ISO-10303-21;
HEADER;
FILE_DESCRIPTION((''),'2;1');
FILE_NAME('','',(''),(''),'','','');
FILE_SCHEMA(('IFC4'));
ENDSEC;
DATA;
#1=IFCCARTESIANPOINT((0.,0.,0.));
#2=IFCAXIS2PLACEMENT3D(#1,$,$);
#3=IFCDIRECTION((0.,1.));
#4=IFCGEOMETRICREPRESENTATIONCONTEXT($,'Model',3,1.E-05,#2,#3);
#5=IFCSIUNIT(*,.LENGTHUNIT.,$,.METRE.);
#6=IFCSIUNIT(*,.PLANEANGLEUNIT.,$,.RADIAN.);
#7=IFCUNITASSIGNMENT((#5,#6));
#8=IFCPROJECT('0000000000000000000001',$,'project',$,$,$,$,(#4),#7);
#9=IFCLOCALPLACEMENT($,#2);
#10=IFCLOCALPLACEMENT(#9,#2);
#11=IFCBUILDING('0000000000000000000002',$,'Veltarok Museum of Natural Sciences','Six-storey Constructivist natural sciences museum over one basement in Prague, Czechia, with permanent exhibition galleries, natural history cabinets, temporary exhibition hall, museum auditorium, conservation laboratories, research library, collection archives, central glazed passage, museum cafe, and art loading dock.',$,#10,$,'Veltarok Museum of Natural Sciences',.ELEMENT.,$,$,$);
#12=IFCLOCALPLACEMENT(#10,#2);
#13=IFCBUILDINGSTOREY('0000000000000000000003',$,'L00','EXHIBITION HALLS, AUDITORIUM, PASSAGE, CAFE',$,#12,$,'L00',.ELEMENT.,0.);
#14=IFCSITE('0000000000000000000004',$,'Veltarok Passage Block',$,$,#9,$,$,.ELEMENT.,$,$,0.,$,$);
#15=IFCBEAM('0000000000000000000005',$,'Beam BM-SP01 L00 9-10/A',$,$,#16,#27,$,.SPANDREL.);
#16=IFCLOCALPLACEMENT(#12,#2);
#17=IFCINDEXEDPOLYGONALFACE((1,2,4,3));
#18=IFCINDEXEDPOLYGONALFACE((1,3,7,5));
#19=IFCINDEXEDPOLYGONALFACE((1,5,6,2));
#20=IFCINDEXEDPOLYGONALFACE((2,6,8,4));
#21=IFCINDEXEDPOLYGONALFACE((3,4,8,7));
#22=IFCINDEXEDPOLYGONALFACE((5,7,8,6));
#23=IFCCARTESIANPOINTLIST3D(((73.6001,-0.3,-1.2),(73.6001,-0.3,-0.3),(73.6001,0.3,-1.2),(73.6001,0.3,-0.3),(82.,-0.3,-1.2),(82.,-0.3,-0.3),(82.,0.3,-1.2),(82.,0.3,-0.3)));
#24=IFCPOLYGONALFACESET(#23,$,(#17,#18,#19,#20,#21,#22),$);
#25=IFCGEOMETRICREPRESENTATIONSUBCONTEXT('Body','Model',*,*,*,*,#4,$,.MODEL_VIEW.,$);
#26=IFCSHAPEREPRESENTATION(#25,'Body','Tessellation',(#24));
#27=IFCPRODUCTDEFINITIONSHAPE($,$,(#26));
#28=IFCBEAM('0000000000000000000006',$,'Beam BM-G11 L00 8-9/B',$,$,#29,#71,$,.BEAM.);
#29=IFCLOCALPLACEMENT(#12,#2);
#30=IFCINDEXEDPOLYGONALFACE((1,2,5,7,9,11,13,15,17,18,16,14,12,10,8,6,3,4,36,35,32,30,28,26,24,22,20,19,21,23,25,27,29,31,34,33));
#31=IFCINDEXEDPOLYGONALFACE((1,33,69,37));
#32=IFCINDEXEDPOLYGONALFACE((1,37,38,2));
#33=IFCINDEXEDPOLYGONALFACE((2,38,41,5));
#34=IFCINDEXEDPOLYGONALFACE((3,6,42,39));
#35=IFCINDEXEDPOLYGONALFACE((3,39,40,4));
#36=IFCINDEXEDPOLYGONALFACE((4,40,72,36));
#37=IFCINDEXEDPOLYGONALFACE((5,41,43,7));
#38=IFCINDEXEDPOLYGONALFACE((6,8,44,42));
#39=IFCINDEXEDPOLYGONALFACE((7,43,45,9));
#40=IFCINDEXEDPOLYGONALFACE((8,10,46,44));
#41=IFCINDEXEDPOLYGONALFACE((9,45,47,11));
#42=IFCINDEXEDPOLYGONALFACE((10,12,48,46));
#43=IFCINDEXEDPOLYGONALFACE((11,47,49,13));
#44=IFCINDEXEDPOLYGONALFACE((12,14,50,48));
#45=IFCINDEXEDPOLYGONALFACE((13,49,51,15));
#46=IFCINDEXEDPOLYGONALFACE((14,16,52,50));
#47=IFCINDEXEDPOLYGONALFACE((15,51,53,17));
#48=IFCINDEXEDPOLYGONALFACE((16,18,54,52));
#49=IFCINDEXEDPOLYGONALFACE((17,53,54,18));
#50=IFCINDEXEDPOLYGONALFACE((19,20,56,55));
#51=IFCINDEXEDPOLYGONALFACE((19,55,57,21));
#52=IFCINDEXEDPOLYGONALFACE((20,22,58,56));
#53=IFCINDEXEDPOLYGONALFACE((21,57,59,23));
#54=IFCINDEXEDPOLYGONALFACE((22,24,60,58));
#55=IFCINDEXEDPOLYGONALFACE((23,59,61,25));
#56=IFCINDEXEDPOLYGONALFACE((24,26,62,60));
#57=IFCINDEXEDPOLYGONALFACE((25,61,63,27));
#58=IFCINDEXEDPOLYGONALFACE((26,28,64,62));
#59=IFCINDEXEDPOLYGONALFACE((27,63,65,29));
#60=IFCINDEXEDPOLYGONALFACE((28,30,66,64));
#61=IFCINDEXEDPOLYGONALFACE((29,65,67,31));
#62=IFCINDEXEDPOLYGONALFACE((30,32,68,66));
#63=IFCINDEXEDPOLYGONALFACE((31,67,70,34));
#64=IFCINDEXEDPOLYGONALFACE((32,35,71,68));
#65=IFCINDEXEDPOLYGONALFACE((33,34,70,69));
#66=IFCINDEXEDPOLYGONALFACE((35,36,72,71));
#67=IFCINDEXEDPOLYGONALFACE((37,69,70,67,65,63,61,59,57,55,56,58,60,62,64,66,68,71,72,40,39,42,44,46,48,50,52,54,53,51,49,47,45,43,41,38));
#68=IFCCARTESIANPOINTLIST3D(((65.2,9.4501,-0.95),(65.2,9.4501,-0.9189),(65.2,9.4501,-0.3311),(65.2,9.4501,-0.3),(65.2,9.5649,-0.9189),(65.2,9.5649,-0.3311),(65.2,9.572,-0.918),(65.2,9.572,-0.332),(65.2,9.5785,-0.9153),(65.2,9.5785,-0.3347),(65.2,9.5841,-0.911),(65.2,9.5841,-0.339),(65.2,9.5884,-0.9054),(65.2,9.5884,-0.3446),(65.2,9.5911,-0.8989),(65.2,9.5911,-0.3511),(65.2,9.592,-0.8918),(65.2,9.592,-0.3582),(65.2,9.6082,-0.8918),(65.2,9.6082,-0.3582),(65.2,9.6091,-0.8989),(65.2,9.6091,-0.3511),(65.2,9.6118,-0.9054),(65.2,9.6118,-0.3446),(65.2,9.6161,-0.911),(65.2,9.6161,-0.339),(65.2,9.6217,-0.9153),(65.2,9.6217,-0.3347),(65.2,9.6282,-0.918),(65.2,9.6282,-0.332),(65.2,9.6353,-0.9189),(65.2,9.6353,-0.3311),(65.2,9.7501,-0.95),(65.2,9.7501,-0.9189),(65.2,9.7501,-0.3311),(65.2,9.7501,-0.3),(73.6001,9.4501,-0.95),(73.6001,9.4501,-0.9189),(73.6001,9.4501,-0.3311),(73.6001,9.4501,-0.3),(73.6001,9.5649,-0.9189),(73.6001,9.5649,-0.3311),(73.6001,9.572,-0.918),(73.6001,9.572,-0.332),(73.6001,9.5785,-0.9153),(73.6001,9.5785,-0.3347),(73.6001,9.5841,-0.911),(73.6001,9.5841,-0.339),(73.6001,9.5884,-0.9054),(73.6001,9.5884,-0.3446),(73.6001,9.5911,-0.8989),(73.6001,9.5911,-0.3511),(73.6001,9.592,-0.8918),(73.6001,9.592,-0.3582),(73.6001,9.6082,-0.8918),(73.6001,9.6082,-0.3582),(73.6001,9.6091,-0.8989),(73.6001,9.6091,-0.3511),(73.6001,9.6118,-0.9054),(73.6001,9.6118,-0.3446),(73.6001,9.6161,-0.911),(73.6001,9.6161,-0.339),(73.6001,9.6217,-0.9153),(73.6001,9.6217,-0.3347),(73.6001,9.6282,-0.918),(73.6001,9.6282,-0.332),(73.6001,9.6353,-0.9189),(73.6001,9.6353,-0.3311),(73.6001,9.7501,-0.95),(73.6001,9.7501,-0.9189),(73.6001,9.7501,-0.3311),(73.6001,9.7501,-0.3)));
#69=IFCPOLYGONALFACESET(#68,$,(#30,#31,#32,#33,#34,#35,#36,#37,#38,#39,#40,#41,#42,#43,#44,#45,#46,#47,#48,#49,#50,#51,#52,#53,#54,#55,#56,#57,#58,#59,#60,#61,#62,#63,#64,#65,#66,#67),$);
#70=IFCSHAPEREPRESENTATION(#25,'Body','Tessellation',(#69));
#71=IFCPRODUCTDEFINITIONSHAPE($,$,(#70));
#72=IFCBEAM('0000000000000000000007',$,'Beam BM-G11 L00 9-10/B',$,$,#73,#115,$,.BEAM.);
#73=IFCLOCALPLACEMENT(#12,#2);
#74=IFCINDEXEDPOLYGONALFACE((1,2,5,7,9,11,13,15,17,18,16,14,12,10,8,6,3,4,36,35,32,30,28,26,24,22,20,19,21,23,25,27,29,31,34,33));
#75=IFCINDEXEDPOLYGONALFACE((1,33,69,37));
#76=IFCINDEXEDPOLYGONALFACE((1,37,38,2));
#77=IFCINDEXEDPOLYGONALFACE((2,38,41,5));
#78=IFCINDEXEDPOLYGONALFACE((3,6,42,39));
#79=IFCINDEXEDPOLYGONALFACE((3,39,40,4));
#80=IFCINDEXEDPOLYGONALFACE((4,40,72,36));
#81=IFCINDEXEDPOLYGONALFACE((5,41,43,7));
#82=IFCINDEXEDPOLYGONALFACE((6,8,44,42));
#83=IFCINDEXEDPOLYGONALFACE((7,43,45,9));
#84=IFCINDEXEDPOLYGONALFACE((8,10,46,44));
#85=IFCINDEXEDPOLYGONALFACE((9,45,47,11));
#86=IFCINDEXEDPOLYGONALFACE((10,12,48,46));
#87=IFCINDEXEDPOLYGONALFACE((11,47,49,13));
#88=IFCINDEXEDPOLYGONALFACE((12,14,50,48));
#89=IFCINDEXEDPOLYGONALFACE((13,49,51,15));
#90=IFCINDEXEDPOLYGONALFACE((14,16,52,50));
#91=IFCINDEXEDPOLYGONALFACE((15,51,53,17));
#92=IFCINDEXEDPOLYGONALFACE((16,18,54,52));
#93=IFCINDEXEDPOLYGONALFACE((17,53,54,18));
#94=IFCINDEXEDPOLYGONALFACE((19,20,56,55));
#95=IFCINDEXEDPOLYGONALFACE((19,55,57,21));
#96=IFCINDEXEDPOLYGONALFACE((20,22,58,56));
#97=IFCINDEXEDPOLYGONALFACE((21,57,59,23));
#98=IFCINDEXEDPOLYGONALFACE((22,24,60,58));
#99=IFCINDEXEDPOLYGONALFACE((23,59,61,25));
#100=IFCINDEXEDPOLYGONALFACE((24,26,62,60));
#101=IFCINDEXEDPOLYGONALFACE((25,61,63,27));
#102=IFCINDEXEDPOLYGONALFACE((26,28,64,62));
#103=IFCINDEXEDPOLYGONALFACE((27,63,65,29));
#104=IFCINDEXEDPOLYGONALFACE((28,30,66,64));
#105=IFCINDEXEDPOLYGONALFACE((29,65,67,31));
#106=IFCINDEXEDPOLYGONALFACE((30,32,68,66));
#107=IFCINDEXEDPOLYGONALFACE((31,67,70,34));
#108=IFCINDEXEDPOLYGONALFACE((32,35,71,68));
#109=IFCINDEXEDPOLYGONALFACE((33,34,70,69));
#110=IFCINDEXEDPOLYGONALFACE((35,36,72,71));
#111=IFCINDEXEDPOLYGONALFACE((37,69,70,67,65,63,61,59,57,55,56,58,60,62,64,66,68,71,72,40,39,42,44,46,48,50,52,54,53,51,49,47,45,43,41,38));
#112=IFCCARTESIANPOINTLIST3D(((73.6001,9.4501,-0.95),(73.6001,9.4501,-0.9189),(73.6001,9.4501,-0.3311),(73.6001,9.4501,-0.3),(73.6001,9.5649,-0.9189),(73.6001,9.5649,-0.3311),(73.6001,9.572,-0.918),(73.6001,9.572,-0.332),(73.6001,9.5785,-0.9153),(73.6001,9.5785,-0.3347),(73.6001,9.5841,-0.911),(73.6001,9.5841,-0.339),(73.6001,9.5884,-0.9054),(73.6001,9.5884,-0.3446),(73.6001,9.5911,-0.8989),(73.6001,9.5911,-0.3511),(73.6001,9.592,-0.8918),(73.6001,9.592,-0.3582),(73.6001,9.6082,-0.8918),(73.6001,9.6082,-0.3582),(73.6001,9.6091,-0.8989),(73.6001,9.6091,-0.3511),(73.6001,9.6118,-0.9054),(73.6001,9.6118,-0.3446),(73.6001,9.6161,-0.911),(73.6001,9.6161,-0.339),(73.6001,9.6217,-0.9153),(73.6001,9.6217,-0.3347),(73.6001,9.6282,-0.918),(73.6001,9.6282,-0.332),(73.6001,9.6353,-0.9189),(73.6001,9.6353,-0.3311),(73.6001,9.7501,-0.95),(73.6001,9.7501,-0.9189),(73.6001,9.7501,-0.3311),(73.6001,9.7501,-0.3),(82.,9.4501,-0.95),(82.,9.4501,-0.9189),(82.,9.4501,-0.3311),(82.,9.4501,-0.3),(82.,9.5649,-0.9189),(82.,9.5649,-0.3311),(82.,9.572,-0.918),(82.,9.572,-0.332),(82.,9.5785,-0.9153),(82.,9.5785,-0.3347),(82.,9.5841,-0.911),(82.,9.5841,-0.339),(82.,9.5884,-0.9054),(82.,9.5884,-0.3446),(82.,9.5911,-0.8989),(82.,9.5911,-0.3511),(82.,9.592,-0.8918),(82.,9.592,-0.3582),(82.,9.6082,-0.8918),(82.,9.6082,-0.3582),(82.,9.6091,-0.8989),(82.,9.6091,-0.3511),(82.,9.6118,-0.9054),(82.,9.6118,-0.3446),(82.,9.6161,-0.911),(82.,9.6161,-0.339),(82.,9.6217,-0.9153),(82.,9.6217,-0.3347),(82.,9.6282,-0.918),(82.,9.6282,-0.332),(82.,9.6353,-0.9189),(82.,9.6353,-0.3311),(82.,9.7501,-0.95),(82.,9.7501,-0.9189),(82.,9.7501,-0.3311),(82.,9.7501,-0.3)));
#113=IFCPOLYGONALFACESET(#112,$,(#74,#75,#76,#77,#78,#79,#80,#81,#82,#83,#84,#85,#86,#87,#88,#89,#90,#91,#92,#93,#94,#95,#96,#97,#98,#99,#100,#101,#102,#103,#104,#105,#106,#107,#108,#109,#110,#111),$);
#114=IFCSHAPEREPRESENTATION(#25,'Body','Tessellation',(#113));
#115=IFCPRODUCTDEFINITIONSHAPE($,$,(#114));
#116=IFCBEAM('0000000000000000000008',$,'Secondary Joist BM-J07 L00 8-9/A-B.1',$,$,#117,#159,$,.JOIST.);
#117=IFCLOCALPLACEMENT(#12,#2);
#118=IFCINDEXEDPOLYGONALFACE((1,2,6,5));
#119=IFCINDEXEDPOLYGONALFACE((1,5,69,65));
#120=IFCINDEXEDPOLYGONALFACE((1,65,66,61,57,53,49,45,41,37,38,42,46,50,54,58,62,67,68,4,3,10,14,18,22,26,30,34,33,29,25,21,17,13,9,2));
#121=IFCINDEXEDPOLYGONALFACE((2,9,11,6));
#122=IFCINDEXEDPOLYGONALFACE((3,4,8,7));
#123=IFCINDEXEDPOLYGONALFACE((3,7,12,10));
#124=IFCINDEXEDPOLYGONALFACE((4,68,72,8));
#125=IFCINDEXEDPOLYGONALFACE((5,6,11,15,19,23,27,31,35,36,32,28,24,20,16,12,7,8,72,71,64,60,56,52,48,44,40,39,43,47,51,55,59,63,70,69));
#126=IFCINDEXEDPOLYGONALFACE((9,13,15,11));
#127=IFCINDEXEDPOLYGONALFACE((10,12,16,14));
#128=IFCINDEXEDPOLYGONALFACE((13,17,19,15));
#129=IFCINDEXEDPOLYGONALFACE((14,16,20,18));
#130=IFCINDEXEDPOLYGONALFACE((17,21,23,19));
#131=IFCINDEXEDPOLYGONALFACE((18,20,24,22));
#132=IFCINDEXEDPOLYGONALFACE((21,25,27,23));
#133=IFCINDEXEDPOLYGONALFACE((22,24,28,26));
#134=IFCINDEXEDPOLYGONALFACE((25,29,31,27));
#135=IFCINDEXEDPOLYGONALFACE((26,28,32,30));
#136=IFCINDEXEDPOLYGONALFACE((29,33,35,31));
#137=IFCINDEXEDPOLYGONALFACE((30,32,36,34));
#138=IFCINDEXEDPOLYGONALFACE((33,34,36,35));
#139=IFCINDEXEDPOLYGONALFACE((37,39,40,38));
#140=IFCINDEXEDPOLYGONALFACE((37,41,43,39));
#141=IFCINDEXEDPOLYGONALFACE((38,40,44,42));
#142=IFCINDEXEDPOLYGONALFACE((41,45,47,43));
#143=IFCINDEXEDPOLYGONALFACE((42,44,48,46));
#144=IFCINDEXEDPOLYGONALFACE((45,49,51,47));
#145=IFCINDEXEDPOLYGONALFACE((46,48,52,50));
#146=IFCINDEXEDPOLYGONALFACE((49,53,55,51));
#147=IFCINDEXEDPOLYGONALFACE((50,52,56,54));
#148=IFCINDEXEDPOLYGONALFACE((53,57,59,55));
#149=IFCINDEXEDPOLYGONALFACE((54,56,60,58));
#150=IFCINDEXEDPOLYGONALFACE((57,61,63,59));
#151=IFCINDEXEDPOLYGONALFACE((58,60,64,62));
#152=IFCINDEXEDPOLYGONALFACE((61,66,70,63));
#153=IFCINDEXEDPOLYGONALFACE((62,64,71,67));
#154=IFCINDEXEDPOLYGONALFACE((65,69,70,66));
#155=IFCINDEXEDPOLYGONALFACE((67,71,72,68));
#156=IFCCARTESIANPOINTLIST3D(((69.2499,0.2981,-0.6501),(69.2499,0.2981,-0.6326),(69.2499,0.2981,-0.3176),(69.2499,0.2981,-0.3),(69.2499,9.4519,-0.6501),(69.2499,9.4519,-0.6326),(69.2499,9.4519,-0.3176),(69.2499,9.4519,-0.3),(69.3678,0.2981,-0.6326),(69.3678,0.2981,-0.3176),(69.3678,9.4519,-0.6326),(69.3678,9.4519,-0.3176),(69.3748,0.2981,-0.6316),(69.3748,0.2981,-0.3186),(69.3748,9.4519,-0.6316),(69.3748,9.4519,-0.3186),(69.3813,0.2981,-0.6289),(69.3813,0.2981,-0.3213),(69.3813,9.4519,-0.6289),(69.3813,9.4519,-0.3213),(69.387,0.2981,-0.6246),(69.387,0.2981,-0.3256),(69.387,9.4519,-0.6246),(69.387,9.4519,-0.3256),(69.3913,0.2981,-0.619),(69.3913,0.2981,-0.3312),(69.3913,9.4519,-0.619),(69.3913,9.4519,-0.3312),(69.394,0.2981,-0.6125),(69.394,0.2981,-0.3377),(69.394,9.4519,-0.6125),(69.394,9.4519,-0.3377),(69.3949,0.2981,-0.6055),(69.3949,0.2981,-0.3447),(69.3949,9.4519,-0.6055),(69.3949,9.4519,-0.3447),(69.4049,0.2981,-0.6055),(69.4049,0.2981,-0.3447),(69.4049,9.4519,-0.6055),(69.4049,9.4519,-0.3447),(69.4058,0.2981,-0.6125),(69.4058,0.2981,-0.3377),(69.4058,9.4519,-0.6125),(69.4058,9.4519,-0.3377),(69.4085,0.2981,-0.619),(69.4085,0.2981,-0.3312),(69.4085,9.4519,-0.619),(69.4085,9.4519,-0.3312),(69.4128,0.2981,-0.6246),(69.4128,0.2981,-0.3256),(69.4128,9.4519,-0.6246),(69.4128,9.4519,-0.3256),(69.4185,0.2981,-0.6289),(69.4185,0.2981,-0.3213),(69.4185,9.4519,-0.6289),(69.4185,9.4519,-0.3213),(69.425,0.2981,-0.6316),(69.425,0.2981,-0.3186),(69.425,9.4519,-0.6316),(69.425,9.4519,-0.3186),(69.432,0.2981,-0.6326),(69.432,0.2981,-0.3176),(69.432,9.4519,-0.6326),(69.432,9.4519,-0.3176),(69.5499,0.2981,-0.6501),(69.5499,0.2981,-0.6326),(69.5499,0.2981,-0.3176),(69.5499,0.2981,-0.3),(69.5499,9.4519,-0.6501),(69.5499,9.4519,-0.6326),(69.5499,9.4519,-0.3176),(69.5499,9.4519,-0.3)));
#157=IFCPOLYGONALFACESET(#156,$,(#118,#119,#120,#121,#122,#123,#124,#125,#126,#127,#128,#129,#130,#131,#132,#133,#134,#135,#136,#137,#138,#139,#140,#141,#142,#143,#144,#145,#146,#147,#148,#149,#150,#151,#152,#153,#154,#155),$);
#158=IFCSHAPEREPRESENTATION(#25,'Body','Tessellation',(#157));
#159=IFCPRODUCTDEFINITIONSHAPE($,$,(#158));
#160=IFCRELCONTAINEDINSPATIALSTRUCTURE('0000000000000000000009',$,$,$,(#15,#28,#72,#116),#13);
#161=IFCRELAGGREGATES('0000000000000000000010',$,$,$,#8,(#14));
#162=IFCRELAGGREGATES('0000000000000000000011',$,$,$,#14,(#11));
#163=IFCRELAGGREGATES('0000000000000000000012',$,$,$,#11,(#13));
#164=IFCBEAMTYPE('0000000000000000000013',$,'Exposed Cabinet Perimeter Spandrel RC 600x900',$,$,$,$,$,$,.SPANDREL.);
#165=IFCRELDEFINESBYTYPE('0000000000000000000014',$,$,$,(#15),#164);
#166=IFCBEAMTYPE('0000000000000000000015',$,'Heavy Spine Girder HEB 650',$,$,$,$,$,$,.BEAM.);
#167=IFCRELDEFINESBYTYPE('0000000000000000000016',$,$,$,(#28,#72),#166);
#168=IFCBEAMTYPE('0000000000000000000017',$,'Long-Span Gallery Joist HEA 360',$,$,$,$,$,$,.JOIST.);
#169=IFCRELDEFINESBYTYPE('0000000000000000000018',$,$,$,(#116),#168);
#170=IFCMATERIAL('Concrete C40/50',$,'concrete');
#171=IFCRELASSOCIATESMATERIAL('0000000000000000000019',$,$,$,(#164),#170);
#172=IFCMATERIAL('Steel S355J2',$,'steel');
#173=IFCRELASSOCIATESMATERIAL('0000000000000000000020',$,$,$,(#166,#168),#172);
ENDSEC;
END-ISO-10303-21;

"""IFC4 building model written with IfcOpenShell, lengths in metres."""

from ifc_helpers import new_model, si_unit, direction, frame, origin, origin_2d, place, context, subcontext, project, spatial, rectangle, i_section, extrude, material, material_profile, profile_set, type_object, element, save


model = new_model("IFC4")

# Units and contexts
model_context = context("Model", 3, precision=1e-05, world=origin(), true_north=direction((0.0, 1.0)))
body_context = subcontext(model_context, "Body", "Model", "MODEL_VIEW")
ifc_project = project(units=[si_unit("LENGTHUNIT", "METRE"), si_unit("PLANEANGLEUNIT", "RADIAN")], contexts=[model_context])

# Site, building, storey
site_placement = place(None, origin())
site = spatial("IfcSite", under=ifc_project, at=site_placement, Name="Veltarok Passage Block", CompositionType="ELEMENT", RefElevation=0.0)
building_placement = place(site_placement, origin())
building = spatial("IfcBuilding", under=site, at=building_placement, Name="Veltarok Museum of Natural Sciences", Description="Six-storey Constructivist natural sciences museum over one basement in Prague, Czechia, with permanent exhibition galleries, natural history cabinets, temporary exhibition hall, museum auditorium, conservation laboratories, research library, collection archives, central glazed passage, museum cafe, and art loading dock.", LongName="Veltarok Museum of Natural Sciences", CompositionType="ELEMENT")
storey_placement = place(building_placement, origin())
storey = spatial("IfcBuildingStorey", under=building, at=storey_placement, Name="L00", Description="EXHIBITION HALLS, AUDITORIUM, PASSAGE, CAFE", LongName="L00", CompositionType="ELEMENT", Elevation=0.0)

# Shared definitions
ifc_material_1 = material(Name="Steel S355J2", Category="steel")
ifc_material_2 = material(Name="Concrete C40/50", Category="concrete")

# Beams
ifc_material_profile_1 = material_profile(ifc_material_2, rectangle(XDim=0.6001, YDim=0.8999, at=origin_2d()), Name="RC 600x900")
ifc_profile_set_1 = profile_set([ifc_material_profile_1], Name="Concrete C40/50")
beam_type_1 = type_object("IfcBeamType", Name="Exposed Cabinet Perimeter Spandrel RC 600x900", PredefinedType="SPANDREL", material=ifc_profile_set_1)
beam_1_placement = place(storey_placement, frame((73.6001, 0.0, -0.75), z_axis=(1.0, 0.0, 0.0), x_axis=(0.0, 1.0, 0.0)))
element("IfcBeam", 1, at=beam_1_placement, inside=storey, type_object=beam_type_1, Name="Beam BM-SP01 L00 9-10/A", PredefinedType="SPANDREL", context=body_context, shape_type="SweptSolid", body=[
    extrude(rectangle(XDim=0.6001, YDim=0.8999, at=origin_2d()), origin(), (0.0, 0.0, 1.0), 8.3999),
])
ifc_material_profile_2 = material_profile(ifc_material_1, i_section(OverallWidth=0.3, OverallDepth=0.6499, WebThickness=0.0161, FlangeThickness=0.031, FilletRadius=0.0271, at=origin_2d()), Name="HEB 650")
ifc_profile_set_2 = profile_set([ifc_material_profile_2], Name="Steel S355J2")
beam_type_2 = type_object("IfcBeamType", Name="Heavy Spine Girder HEB 650", PredefinedType="BEAM", material=ifc_profile_set_2)
beam_2_placement = place(storey_placement, frame((65.2, 9.6001, -0.625), z_axis=(1.0, 0.0, 0.0), x_axis=(0.0, 1.0, 0.0)))
element("IfcBeam", 2, at=beam_2_placement, inside=storey, type_object=beam_type_2, Name="Beam BM-G11 L00 8-9/B", PredefinedType="BEAM", context=body_context, shape_type="SweptSolid", body=[
    extrude(i_section(OverallWidth=0.3, OverallDepth=0.6499, WebThickness=0.0161, FlangeThickness=0.031, FilletRadius=0.0271, at=origin_2d()), origin(), (0.0, 0.0, 1.0), 8.4001),
])
beam_3_placement = place(storey_placement, frame((73.6001, 9.6001, -0.625), z_axis=(1.0, 0.0, 0.0), x_axis=(0.0, 1.0, 0.0)))
element("IfcBeam", 3, at=beam_3_placement, inside=storey, type_object=beam_type_2, Name="Beam BM-G11 L00 9-10/B", PredefinedType="BEAM", context=body_context, shape_type="SweptSolid", body=[
    extrude(i_section(OverallWidth=0.3, OverallDepth=0.6499, WebThickness=0.0161, FlangeThickness=0.031, FilletRadius=0.0271, at=origin_2d()), origin(), (0.0, 0.0, 1.0), 8.3999),
])
ifc_material_profile_3 = material_profile(ifc_material_1, i_section(OverallWidth=0.3, OverallDepth=0.3501, WebThickness=0.01, FlangeThickness=0.0176, FilletRadius=0.0271, at=origin_2d()), Name="HEA 360")
ifc_profile_set_3 = profile_set([ifc_material_profile_3], Name="Steel S355J2")
beam_type_3 = type_object("IfcBeamType", Name="Long-Span Gallery Joist HEA 360", PredefinedType="JOIST", material=ifc_profile_set_3)
for number, where, z_axis, x_axis, name in (
    (4, (69.3999, 0.2981, -0.4751), (0.0, 1.0, 0.0), (-1.0, 0.0, 0.0), "Secondary Joist BM-J07 L00 8-9/A-B.1"),
):
    element("IfcBeam", number, at=place(storey_placement, frame(where, z_axis=z_axis, x_axis=x_axis)), inside=storey, type_object=beam_type_3, Name=name, PredefinedType="JOIST", context=body_context, shape_type="SweptSolid", body=[
        extrude(i_section(OverallWidth=0.3, OverallDepth=0.3501, WebThickness=0.01, FlangeThickness=0.0176, FilletRadius=0.0271, at=origin_2d()), origin(), (0.0, 0.0, 1.0), 9.1538),
    ])

save(model, "model.ifc")
